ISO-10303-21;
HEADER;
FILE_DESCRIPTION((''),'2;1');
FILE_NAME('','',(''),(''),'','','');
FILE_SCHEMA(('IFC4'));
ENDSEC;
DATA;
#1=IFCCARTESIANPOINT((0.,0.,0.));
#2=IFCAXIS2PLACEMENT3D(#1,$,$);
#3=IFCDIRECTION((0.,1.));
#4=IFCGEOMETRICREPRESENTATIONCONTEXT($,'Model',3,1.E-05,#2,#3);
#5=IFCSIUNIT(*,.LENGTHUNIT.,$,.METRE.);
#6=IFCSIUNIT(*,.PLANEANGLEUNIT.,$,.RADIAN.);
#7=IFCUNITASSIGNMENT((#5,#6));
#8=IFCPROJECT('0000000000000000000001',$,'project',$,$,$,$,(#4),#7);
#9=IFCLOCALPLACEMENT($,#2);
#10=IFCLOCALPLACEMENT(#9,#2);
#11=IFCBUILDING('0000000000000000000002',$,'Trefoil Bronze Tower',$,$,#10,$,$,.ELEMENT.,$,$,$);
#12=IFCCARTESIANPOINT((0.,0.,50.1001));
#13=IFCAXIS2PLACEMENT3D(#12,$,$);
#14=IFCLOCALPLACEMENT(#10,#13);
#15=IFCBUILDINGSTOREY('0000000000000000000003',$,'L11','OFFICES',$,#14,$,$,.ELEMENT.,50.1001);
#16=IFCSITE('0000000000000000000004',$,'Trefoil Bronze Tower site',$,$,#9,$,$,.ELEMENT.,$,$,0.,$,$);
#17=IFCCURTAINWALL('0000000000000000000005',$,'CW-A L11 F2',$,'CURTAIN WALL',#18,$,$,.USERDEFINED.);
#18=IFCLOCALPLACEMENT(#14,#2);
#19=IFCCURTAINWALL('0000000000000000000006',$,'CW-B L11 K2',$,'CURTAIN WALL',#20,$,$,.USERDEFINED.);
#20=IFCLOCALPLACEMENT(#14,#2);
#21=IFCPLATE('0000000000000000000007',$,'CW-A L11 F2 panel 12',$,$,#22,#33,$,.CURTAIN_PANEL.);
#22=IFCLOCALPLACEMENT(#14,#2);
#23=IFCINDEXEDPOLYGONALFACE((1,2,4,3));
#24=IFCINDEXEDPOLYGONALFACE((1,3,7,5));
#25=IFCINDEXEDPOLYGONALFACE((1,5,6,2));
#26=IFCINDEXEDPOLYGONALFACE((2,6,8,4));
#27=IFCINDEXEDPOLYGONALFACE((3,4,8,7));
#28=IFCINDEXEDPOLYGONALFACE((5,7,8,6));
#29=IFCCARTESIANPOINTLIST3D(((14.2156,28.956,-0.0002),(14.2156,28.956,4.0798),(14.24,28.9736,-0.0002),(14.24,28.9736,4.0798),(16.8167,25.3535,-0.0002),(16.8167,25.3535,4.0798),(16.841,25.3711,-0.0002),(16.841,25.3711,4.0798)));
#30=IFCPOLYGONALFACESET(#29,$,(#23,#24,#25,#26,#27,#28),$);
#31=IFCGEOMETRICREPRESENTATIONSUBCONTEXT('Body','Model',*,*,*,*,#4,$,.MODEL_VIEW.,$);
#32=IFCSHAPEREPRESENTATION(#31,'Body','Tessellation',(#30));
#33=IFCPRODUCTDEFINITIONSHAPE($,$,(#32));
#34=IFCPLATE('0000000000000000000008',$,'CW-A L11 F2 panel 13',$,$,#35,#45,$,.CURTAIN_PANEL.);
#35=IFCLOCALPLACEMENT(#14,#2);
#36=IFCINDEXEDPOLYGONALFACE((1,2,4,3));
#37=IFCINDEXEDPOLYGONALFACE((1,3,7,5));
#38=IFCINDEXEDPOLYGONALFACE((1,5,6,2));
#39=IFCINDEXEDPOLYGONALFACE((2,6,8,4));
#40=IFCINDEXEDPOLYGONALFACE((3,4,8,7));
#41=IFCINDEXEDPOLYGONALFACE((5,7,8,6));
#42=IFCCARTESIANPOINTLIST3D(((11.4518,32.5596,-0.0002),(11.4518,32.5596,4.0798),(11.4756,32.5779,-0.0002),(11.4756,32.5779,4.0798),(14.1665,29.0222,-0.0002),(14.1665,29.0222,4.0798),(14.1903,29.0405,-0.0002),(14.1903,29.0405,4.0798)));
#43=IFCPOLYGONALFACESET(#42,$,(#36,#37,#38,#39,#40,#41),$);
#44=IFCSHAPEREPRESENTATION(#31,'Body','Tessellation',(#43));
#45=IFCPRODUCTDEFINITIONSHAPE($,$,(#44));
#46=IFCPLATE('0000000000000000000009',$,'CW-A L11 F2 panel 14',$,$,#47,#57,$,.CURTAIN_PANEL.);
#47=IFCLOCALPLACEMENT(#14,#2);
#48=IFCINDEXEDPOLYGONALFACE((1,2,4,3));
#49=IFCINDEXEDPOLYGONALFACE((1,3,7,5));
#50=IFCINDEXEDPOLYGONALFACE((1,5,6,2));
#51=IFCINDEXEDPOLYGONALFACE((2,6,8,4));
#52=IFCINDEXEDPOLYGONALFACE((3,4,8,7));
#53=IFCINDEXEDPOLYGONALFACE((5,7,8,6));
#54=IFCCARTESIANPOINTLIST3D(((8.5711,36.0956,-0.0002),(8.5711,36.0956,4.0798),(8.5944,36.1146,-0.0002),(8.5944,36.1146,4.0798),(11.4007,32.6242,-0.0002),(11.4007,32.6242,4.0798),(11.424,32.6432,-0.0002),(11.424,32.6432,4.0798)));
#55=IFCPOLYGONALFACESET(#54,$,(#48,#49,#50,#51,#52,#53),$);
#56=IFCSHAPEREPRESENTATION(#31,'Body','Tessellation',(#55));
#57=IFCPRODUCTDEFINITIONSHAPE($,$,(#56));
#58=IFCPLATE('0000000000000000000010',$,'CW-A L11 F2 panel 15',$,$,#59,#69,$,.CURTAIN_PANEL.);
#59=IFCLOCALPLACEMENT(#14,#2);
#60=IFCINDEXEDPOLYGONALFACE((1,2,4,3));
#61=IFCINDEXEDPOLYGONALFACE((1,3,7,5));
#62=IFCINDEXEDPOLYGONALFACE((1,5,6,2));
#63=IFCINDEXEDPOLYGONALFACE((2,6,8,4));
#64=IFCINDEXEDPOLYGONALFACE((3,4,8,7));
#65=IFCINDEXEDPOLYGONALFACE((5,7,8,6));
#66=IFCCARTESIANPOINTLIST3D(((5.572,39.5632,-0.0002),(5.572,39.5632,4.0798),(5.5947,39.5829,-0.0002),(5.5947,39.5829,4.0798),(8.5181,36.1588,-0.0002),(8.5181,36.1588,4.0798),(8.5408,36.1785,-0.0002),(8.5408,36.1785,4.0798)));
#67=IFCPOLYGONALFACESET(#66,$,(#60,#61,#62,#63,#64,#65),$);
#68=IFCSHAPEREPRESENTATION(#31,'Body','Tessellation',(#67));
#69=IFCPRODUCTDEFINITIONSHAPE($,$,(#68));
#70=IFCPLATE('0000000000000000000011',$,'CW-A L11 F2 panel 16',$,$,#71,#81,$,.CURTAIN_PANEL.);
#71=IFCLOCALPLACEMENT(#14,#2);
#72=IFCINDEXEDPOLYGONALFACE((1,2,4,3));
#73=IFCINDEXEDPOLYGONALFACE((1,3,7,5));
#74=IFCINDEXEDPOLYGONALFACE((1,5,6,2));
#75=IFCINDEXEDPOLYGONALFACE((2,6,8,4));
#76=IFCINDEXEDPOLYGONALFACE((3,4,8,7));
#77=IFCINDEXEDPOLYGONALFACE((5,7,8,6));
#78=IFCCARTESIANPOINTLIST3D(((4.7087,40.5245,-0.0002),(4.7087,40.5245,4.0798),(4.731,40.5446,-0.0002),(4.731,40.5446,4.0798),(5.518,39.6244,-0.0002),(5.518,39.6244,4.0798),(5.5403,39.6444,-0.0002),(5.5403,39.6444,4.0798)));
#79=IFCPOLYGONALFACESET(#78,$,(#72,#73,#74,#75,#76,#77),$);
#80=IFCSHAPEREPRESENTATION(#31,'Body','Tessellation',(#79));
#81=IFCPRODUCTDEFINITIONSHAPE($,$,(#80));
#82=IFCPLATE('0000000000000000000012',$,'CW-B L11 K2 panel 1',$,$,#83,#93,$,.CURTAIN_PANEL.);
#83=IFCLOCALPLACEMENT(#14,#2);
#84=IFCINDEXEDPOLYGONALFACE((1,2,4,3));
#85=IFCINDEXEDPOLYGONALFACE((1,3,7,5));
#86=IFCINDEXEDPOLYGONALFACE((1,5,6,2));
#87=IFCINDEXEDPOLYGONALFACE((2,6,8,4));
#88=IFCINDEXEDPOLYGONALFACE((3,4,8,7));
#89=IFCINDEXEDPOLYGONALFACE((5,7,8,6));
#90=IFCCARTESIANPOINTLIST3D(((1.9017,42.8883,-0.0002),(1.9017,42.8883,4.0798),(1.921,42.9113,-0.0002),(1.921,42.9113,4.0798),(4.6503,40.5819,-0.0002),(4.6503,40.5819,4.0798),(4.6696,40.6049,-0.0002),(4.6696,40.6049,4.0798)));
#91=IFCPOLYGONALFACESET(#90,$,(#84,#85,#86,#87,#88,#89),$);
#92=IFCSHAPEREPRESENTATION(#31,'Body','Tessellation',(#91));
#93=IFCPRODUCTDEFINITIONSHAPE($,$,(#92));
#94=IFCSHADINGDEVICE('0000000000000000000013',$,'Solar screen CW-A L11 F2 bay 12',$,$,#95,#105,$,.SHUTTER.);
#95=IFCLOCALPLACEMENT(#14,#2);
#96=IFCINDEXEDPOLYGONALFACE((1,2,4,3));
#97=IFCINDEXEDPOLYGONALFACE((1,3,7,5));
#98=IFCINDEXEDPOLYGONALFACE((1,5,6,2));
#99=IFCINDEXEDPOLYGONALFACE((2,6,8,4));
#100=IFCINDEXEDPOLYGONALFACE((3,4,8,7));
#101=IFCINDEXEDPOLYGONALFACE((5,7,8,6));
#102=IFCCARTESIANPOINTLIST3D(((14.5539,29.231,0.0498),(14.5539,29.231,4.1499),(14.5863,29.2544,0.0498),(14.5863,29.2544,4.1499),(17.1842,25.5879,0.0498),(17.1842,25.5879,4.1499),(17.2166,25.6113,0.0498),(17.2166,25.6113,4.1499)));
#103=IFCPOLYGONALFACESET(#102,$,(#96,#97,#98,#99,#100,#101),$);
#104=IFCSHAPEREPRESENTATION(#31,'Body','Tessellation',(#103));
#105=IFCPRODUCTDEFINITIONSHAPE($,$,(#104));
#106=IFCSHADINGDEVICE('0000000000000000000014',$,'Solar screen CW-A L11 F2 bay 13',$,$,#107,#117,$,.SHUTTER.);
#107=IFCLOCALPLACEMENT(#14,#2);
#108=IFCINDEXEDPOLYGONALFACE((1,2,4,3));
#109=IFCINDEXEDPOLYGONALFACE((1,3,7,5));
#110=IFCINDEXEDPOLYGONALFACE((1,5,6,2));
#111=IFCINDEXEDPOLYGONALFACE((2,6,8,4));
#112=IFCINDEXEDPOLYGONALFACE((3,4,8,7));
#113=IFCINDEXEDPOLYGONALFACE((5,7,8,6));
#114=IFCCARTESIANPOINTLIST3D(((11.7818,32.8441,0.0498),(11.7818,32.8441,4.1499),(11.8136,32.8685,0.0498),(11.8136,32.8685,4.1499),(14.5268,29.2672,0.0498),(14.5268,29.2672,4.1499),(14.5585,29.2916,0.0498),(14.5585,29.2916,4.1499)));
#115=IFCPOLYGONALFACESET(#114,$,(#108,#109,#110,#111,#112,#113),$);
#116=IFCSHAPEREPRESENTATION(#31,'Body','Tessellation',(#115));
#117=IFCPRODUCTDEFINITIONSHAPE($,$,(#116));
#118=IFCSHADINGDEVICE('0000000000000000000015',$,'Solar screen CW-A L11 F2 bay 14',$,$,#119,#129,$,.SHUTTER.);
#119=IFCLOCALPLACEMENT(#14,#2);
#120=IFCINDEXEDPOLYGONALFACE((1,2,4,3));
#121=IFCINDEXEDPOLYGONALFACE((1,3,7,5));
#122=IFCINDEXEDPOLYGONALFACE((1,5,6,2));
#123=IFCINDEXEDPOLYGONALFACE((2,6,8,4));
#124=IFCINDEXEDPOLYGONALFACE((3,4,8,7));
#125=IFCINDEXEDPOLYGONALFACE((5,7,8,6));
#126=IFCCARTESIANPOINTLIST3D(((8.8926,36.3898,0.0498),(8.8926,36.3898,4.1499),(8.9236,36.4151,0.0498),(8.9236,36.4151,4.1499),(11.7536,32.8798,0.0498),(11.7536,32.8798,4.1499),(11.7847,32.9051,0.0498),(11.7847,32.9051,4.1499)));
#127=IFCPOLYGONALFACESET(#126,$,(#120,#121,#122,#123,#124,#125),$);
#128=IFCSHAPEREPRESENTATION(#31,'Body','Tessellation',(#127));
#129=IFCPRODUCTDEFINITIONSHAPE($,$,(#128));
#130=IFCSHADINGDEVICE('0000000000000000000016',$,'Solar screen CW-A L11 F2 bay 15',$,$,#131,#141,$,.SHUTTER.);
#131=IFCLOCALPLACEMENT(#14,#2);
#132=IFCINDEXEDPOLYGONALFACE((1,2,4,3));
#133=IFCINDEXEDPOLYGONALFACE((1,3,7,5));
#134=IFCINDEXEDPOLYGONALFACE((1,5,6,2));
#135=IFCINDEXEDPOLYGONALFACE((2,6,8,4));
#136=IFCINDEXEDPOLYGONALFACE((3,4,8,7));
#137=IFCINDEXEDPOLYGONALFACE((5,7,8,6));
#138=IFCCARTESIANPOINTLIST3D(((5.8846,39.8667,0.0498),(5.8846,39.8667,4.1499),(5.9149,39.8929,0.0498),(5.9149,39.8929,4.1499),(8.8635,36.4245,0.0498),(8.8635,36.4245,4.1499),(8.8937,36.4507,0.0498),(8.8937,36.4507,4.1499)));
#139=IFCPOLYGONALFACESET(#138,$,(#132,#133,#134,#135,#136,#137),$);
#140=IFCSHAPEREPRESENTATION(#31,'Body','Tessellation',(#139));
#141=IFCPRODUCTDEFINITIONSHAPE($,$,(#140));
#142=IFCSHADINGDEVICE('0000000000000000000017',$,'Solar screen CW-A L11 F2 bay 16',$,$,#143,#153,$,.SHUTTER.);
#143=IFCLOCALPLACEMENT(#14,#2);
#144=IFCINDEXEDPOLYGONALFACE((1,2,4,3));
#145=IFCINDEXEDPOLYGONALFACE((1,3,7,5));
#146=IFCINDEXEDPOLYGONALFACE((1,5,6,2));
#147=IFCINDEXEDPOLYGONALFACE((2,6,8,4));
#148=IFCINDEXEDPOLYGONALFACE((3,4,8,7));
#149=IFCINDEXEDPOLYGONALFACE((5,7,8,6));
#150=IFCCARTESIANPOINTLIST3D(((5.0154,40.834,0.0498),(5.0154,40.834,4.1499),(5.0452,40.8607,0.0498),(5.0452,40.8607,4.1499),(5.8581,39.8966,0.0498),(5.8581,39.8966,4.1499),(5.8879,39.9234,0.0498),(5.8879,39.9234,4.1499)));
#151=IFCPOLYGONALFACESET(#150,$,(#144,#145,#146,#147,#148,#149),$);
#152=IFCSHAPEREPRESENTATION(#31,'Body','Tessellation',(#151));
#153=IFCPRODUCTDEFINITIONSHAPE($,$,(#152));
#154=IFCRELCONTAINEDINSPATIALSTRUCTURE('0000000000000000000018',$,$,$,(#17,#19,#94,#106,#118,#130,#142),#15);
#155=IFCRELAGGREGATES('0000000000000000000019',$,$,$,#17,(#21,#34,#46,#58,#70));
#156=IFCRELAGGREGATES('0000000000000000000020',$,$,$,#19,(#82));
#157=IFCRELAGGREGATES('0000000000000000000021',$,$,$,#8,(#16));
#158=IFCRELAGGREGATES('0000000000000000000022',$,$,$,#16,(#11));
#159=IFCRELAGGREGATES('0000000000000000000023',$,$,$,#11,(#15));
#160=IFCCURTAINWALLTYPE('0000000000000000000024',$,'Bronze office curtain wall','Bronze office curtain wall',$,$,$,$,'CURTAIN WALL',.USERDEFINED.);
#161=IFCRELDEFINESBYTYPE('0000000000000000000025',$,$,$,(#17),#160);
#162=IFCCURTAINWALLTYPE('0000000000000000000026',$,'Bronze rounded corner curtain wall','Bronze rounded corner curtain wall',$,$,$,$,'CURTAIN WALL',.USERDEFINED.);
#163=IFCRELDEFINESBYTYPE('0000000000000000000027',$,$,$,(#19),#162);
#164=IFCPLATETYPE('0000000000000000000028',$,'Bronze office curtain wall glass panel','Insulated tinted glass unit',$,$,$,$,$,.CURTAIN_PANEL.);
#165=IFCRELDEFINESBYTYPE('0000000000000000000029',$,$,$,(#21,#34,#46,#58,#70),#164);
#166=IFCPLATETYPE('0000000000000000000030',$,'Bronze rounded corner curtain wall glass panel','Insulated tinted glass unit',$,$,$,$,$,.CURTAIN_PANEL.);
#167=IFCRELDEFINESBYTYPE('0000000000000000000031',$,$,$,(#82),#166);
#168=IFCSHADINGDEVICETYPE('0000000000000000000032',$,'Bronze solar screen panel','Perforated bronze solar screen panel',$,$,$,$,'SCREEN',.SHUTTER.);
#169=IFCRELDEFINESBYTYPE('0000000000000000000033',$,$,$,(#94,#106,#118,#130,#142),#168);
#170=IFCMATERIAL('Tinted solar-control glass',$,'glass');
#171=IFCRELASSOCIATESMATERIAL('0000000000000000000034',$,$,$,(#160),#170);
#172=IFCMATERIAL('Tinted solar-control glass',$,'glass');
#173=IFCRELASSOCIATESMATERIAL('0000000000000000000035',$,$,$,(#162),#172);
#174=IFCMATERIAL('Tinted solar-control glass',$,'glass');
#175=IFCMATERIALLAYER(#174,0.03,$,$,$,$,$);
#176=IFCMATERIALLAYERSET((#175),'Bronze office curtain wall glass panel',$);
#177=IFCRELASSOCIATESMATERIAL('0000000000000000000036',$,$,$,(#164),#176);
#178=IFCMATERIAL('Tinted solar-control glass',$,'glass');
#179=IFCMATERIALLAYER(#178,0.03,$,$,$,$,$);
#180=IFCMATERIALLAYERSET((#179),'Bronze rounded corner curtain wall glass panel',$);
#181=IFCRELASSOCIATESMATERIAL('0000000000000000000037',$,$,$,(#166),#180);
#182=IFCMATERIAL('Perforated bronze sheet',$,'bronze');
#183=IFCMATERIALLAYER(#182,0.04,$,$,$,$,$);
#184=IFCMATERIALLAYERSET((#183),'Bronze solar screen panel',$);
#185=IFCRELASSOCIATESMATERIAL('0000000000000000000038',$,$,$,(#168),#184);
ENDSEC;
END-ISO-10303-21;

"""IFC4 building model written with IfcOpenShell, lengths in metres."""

from ifc_helpers import new_model, si_unit, direction, frame, origin, origin_2d, place, context, subcontext, project, spatial, rectangle, extrude, material, layer, layer_set, type_object, element, aggregate, save


model = new_model("IFC4")

# Units and contexts
model_context = context("Model", 3, precision=1e-05, world=origin(), true_north=direction((0.0, 1.0)))
body_context = subcontext(model_context, "Body", "Model", "MODEL_VIEW")
ifc_project = project(units=[si_unit("LENGTHUNIT", "METRE"), si_unit("PLANEANGLEUNIT", "RADIAN")], contexts=[model_context])

# Site, building, storey
site_placement = place(None, origin())
site = spatial("IfcSite", under=ifc_project, at=site_placement, Name="Trefoil Bronze Tower site", CompositionType="ELEMENT", RefElevation=0.0)
building_placement = place(site_placement, origin())
building = spatial("IfcBuilding", under=site, at=building_placement, Name="Trefoil Bronze Tower", CompositionType="ELEMENT")
storey_placement = place(building_placement, frame((0.0, 0.0, 50.1001)))
storey = spatial("IfcBuildingStorey", under=building, at=storey_placement, Name="L11", Description="OFFICES", CompositionType="ELEMENT", Elevation=50.1001)

# Curtain walls
ifc_material_1 = material(Name="Tinted solar-control glass", Category="glass")
curtain_wall_type_1 = type_object("IfcCurtainWallType", Name="Bronze office curtain wall", Description="Bronze office curtain wall", ElementType="CURTAIN WALL", PredefinedType="USERDEFINED", material=ifc_material_1)
curtain_wall_1_placement = place(storey_placement, origin())
curtain_wall_1 = element("IfcCurtainWall", 1, at=curtain_wall_1_placement, inside=storey, type_object=curtain_wall_type_1, Name="CW-A L11 F2", ObjectType="CURTAIN WALL", PredefinedType="USERDEFINED")
ifc_material_2 = material(Name="Tinted solar-control glass", Category="glass")
curtain_wall_type_2 = type_object("IfcCurtainWallType", Name="Bronze rounded corner curtain wall", Description="Bronze rounded corner curtain wall", ElementType="CURTAIN WALL", PredefinedType="USERDEFINED", material=ifc_material_2)
curtain_wall_2_placement = place(storey_placement, origin())
curtain_wall_2 = element("IfcCurtainWall", 2, at=curtain_wall_2_placement, inside=storey, type_object=curtain_wall_type_2, Name="CW-B L11 K2", ObjectType="CURTAIN WALL", PredefinedType="USERDEFINED")

# Plates
ifc_material_3 = material(Name="Tinted solar-control glass", Category="glass")
ifc_layer_1 = layer(ifc_material_3, 0.03)
ifc_layer_set_1 = layer_set([ifc_layer_1], Name="Bronze office curtain wall glass panel")
plate_type_1 = type_object("IfcPlateType", Name="Bronze office curtain wall glass panel", Description="Insulated tinted glass unit", PredefinedType="CURTAIN_PANEL", material=ifc_layer_set_1)
plate_1_placement = place(storey_placement, frame((15.5283, 27.1636, -0.0002), z_axis=(0.0, 0.0, 1.0), x_axis=(-0.585373, 0.810764, 0.0)))
plate_1 = element("IfcPlate", 3, at=plate_1_placement, type_object=plate_type_1, Name="CW-A L11 F2 panel 12", PredefinedType="CURTAIN_PANEL", context=body_context, shape_type="SweptSolid", body=[
    extrude(rectangle(XDim=4.4434, YDim=0.03, at=origin_2d()), origin(), (0.0, 0.0, 1.0), 4.0801),
])
plate_2_placement = place(storey_placement, frame((12.821, 30.8, -0.0002), z_axis=(0.0, 0.0, 1.0), x_axis=(-0.608808, 0.793318, 0.0)))
plate_2 = element("IfcPlate", 4, at=plate_2_placement, type_object=plate_type_1, Name="CW-A L11 F2 panel 13", PredefinedType="CURTAIN_PANEL", context=body_context, shape_type="SweptSolid", body=[
    extrude(rectangle(XDim=4.459, YDim=0.03, at=origin_2d()), origin(), (0.0, 0.0, 1.0), 4.0801),
])
plate_3_placement = place(storey_placement, frame((9.9976, 34.3694, -0.0002), z_axis=(0.0, 0.0, 1.0), x_axis=(-0.631811, 0.775123, 0.0)))
plate_3 = element("IfcPlate", 5, at=plate_3_placement, type_object=plate_type_1, Name="CW-A L11 F2 panel 14", PredefinedType="CURTAIN_PANEL", context=body_context, shape_type="SweptSolid", body=[
    extrude(rectangle(XDim=4.4785, YDim=0.03, at=origin_2d()), origin(), (0.0, 0.0, 1.0), 4.0801),
])
plate_4_placement = place(storey_placement, frame((7.0564, 37.8708, -0.0002), z_axis=(0.0, 0.0, 1.0), x_axis=(-0.654376, 0.756169, 0.0)))
plate_4 = element("IfcPlate", 6, at=plate_4_placement, type_object=plate_type_1, Name="CW-A L11 F2 panel 15", PredefinedType="CURTAIN_PANEL", context=body_context, shape_type="SweptSolid", body=[
    extrude(rectangle(XDim=4.5022, YDim=0.03, at=origin_2d()), origin(), (0.0, 0.0, 1.0), 4.0801),
])
plate_5_placement = place(storey_placement, frame((5.1245, 40.0845, -0.0002), z_axis=(0.0, 0.0, 1.0), x_axis=(-0.668575, 0.743645, 0.0)))
plate_5 = element("IfcPlate", 7, at=plate_5_placement, type_object=plate_type_1, Name="CW-A L11 F2 panel 16", PredefinedType="CURTAIN_PANEL", context=body_context, shape_type="SweptSolid", body=[
    extrude(rectangle(XDim=1.2104, YDim=0.03, at=origin_2d()), origin(), (0.0, 0.0, 1.0), 4.0801),
])
aggregate(curtain_wall_1, [plate_1, plate_2, plate_3, plate_4, plate_5])
ifc_material_4 = material(Name="Tinted solar-control glass", Category="glass")
ifc_layer_2 = layer(ifc_material_4, 0.03)
ifc_layer_set_2 = layer_set([ifc_layer_2], Name="Bronze rounded corner curtain wall glass panel")
plate_type_2 = type_object("IfcPlateType", Name="Bronze rounded corner curtain wall glass panel", Description="Insulated tinted glass unit", PredefinedType="CURTAIN_PANEL", material=ifc_layer_set_2)
plate_6_placement = place(storey_placement, frame((3.2856, 41.7466, -0.0002), z_axis=(0.0, 0.0, 1.0), x_axis=(-0.766044, 0.642788, 0.0)))
plate_6 = element("IfcPlate", 8, at=plate_6_placement, type_object=plate_type_2, Name="CW-B L11 K2 panel 1", PredefinedType="CURTAIN_PANEL", context=body_context, shape_type="SweptSolid", body=[
    extrude(rectangle(XDim=3.5881, YDim=0.03, at=origin_2d()), origin(), (0.0, 0.0, 1.0), 4.0801),
])
aggregate(curtain_wall_2, [plate_6])

# Shading devices
ifc_material_5 = material(Name="Perforated bronze sheet", Category="bronze")
ifc_layer_3 = layer(ifc_material_5, 0.04)
ifc_layer_set_3 = layer_set([ifc_layer_3], Name="Bronze solar screen panel")
shading_device_type = type_object("IfcShadingDeviceType", Name="Bronze solar screen panel", Description="Perforated bronze solar screen panel", ElementType="SCREEN", PredefinedType="SHUTTER", material=ifc_layer_set_3)
shading_device_1_placement = place(storey_placement, frame((15.8853, 27.4211, 0.0498), z_axis=(0.0, 0.0, 1.0), x_axis=(-0.585373, 0.810764, 0.0)))
element("IfcShadingDevice", 9, at=shading_device_1_placement, inside=storey, type_object=shading_device_type, Name="Solar screen CW-A L11 F2 bay 12", PredefinedType="SHUTTER", context=body_context, shape_type="SweptSolid", body=[
    extrude(rectangle(XDim=4.4934, YDim=0.04, at=origin_2d()), origin(), (0.0, 0.0, 1.0), 4.1001),
])
shading_device_2_placement = place(storey_placement, frame((13.1702, 31.0679, 0.0498), z_axis=(0.0, 0.0, 1.0), x_axis=(-0.608808, 0.793318, 0.0)))
element("IfcShadingDevice", 10, at=shading_device_2_placement, inside=storey, type_object=shading_device_type, Name="Solar screen CW-A L11 F2 bay 13", PredefinedType="SHUTTER", context=body_context, shape_type="SweptSolid", body=[
    extrude(rectangle(XDim=4.5088, YDim=0.04, at=origin_2d()), origin(), (0.0, 0.0, 1.0), 4.1001),
])
shading_device_3_placement = place(storey_placement, frame((10.3386, 34.6475, 0.0498), z_axis=(0.0, 0.0, 1.0), x_axis=(-0.631811, 0.775123, 0.0)))
element("IfcShadingDevice", 11, at=shading_device_3_placement, inside=storey, type_object=shading_device_type, Name="Solar screen CW-A L11 F2 bay 14", PredefinedType="SHUTTER", context=body_context, shape_type="SweptSolid", body=[
    extrude(rectangle(XDim=4.5283, YDim=0.04, at=origin_2d()), origin(), (0.0, 0.0, 1.0), 4.1001),
])
shading_device_4_placement = place(storey_placement, frame((7.3892, 38.1587, 0.0498), z_axis=(0.0, 0.0, 1.0), x_axis=(-0.654376, 0.756169, 0.0)))
element("IfcShadingDevice", 12, at=shading_device_4_placement, inside=storey, type_object=shading_device_type, Name="Solar screen CW-A L11 F2 bay 15", PredefinedType="SHUTTER", context=body_context, shape_type="SweptSolid", body=[
    extrude(rectangle(XDim=4.5522, YDim=0.04, at=origin_2d()), origin(), (0.0, 0.0, 1.0), 4.1001),
])
shading_device_5_placement = place(storey_placement, frame((5.4517, 40.3787, 0.0498), z_axis=(0.0, 0.0, 1.0), x_axis=(-0.668575, 0.743645, 0.0)))
element("IfcShadingDevice", 13, at=shading_device_5_placement, inside=storey, type_object=shading_device_type, Name="Solar screen CW-A L11 F2 bay 16", PredefinedType="SHUTTER", context=body_context, shape_type="SweptSolid", body=[
    extrude(rectangle(XDim=1.2605, YDim=0.04, at=origin_2d()), origin(), (0.0, 0.0, 1.0), 4.1001),
])

save(model, "model.ifc")
